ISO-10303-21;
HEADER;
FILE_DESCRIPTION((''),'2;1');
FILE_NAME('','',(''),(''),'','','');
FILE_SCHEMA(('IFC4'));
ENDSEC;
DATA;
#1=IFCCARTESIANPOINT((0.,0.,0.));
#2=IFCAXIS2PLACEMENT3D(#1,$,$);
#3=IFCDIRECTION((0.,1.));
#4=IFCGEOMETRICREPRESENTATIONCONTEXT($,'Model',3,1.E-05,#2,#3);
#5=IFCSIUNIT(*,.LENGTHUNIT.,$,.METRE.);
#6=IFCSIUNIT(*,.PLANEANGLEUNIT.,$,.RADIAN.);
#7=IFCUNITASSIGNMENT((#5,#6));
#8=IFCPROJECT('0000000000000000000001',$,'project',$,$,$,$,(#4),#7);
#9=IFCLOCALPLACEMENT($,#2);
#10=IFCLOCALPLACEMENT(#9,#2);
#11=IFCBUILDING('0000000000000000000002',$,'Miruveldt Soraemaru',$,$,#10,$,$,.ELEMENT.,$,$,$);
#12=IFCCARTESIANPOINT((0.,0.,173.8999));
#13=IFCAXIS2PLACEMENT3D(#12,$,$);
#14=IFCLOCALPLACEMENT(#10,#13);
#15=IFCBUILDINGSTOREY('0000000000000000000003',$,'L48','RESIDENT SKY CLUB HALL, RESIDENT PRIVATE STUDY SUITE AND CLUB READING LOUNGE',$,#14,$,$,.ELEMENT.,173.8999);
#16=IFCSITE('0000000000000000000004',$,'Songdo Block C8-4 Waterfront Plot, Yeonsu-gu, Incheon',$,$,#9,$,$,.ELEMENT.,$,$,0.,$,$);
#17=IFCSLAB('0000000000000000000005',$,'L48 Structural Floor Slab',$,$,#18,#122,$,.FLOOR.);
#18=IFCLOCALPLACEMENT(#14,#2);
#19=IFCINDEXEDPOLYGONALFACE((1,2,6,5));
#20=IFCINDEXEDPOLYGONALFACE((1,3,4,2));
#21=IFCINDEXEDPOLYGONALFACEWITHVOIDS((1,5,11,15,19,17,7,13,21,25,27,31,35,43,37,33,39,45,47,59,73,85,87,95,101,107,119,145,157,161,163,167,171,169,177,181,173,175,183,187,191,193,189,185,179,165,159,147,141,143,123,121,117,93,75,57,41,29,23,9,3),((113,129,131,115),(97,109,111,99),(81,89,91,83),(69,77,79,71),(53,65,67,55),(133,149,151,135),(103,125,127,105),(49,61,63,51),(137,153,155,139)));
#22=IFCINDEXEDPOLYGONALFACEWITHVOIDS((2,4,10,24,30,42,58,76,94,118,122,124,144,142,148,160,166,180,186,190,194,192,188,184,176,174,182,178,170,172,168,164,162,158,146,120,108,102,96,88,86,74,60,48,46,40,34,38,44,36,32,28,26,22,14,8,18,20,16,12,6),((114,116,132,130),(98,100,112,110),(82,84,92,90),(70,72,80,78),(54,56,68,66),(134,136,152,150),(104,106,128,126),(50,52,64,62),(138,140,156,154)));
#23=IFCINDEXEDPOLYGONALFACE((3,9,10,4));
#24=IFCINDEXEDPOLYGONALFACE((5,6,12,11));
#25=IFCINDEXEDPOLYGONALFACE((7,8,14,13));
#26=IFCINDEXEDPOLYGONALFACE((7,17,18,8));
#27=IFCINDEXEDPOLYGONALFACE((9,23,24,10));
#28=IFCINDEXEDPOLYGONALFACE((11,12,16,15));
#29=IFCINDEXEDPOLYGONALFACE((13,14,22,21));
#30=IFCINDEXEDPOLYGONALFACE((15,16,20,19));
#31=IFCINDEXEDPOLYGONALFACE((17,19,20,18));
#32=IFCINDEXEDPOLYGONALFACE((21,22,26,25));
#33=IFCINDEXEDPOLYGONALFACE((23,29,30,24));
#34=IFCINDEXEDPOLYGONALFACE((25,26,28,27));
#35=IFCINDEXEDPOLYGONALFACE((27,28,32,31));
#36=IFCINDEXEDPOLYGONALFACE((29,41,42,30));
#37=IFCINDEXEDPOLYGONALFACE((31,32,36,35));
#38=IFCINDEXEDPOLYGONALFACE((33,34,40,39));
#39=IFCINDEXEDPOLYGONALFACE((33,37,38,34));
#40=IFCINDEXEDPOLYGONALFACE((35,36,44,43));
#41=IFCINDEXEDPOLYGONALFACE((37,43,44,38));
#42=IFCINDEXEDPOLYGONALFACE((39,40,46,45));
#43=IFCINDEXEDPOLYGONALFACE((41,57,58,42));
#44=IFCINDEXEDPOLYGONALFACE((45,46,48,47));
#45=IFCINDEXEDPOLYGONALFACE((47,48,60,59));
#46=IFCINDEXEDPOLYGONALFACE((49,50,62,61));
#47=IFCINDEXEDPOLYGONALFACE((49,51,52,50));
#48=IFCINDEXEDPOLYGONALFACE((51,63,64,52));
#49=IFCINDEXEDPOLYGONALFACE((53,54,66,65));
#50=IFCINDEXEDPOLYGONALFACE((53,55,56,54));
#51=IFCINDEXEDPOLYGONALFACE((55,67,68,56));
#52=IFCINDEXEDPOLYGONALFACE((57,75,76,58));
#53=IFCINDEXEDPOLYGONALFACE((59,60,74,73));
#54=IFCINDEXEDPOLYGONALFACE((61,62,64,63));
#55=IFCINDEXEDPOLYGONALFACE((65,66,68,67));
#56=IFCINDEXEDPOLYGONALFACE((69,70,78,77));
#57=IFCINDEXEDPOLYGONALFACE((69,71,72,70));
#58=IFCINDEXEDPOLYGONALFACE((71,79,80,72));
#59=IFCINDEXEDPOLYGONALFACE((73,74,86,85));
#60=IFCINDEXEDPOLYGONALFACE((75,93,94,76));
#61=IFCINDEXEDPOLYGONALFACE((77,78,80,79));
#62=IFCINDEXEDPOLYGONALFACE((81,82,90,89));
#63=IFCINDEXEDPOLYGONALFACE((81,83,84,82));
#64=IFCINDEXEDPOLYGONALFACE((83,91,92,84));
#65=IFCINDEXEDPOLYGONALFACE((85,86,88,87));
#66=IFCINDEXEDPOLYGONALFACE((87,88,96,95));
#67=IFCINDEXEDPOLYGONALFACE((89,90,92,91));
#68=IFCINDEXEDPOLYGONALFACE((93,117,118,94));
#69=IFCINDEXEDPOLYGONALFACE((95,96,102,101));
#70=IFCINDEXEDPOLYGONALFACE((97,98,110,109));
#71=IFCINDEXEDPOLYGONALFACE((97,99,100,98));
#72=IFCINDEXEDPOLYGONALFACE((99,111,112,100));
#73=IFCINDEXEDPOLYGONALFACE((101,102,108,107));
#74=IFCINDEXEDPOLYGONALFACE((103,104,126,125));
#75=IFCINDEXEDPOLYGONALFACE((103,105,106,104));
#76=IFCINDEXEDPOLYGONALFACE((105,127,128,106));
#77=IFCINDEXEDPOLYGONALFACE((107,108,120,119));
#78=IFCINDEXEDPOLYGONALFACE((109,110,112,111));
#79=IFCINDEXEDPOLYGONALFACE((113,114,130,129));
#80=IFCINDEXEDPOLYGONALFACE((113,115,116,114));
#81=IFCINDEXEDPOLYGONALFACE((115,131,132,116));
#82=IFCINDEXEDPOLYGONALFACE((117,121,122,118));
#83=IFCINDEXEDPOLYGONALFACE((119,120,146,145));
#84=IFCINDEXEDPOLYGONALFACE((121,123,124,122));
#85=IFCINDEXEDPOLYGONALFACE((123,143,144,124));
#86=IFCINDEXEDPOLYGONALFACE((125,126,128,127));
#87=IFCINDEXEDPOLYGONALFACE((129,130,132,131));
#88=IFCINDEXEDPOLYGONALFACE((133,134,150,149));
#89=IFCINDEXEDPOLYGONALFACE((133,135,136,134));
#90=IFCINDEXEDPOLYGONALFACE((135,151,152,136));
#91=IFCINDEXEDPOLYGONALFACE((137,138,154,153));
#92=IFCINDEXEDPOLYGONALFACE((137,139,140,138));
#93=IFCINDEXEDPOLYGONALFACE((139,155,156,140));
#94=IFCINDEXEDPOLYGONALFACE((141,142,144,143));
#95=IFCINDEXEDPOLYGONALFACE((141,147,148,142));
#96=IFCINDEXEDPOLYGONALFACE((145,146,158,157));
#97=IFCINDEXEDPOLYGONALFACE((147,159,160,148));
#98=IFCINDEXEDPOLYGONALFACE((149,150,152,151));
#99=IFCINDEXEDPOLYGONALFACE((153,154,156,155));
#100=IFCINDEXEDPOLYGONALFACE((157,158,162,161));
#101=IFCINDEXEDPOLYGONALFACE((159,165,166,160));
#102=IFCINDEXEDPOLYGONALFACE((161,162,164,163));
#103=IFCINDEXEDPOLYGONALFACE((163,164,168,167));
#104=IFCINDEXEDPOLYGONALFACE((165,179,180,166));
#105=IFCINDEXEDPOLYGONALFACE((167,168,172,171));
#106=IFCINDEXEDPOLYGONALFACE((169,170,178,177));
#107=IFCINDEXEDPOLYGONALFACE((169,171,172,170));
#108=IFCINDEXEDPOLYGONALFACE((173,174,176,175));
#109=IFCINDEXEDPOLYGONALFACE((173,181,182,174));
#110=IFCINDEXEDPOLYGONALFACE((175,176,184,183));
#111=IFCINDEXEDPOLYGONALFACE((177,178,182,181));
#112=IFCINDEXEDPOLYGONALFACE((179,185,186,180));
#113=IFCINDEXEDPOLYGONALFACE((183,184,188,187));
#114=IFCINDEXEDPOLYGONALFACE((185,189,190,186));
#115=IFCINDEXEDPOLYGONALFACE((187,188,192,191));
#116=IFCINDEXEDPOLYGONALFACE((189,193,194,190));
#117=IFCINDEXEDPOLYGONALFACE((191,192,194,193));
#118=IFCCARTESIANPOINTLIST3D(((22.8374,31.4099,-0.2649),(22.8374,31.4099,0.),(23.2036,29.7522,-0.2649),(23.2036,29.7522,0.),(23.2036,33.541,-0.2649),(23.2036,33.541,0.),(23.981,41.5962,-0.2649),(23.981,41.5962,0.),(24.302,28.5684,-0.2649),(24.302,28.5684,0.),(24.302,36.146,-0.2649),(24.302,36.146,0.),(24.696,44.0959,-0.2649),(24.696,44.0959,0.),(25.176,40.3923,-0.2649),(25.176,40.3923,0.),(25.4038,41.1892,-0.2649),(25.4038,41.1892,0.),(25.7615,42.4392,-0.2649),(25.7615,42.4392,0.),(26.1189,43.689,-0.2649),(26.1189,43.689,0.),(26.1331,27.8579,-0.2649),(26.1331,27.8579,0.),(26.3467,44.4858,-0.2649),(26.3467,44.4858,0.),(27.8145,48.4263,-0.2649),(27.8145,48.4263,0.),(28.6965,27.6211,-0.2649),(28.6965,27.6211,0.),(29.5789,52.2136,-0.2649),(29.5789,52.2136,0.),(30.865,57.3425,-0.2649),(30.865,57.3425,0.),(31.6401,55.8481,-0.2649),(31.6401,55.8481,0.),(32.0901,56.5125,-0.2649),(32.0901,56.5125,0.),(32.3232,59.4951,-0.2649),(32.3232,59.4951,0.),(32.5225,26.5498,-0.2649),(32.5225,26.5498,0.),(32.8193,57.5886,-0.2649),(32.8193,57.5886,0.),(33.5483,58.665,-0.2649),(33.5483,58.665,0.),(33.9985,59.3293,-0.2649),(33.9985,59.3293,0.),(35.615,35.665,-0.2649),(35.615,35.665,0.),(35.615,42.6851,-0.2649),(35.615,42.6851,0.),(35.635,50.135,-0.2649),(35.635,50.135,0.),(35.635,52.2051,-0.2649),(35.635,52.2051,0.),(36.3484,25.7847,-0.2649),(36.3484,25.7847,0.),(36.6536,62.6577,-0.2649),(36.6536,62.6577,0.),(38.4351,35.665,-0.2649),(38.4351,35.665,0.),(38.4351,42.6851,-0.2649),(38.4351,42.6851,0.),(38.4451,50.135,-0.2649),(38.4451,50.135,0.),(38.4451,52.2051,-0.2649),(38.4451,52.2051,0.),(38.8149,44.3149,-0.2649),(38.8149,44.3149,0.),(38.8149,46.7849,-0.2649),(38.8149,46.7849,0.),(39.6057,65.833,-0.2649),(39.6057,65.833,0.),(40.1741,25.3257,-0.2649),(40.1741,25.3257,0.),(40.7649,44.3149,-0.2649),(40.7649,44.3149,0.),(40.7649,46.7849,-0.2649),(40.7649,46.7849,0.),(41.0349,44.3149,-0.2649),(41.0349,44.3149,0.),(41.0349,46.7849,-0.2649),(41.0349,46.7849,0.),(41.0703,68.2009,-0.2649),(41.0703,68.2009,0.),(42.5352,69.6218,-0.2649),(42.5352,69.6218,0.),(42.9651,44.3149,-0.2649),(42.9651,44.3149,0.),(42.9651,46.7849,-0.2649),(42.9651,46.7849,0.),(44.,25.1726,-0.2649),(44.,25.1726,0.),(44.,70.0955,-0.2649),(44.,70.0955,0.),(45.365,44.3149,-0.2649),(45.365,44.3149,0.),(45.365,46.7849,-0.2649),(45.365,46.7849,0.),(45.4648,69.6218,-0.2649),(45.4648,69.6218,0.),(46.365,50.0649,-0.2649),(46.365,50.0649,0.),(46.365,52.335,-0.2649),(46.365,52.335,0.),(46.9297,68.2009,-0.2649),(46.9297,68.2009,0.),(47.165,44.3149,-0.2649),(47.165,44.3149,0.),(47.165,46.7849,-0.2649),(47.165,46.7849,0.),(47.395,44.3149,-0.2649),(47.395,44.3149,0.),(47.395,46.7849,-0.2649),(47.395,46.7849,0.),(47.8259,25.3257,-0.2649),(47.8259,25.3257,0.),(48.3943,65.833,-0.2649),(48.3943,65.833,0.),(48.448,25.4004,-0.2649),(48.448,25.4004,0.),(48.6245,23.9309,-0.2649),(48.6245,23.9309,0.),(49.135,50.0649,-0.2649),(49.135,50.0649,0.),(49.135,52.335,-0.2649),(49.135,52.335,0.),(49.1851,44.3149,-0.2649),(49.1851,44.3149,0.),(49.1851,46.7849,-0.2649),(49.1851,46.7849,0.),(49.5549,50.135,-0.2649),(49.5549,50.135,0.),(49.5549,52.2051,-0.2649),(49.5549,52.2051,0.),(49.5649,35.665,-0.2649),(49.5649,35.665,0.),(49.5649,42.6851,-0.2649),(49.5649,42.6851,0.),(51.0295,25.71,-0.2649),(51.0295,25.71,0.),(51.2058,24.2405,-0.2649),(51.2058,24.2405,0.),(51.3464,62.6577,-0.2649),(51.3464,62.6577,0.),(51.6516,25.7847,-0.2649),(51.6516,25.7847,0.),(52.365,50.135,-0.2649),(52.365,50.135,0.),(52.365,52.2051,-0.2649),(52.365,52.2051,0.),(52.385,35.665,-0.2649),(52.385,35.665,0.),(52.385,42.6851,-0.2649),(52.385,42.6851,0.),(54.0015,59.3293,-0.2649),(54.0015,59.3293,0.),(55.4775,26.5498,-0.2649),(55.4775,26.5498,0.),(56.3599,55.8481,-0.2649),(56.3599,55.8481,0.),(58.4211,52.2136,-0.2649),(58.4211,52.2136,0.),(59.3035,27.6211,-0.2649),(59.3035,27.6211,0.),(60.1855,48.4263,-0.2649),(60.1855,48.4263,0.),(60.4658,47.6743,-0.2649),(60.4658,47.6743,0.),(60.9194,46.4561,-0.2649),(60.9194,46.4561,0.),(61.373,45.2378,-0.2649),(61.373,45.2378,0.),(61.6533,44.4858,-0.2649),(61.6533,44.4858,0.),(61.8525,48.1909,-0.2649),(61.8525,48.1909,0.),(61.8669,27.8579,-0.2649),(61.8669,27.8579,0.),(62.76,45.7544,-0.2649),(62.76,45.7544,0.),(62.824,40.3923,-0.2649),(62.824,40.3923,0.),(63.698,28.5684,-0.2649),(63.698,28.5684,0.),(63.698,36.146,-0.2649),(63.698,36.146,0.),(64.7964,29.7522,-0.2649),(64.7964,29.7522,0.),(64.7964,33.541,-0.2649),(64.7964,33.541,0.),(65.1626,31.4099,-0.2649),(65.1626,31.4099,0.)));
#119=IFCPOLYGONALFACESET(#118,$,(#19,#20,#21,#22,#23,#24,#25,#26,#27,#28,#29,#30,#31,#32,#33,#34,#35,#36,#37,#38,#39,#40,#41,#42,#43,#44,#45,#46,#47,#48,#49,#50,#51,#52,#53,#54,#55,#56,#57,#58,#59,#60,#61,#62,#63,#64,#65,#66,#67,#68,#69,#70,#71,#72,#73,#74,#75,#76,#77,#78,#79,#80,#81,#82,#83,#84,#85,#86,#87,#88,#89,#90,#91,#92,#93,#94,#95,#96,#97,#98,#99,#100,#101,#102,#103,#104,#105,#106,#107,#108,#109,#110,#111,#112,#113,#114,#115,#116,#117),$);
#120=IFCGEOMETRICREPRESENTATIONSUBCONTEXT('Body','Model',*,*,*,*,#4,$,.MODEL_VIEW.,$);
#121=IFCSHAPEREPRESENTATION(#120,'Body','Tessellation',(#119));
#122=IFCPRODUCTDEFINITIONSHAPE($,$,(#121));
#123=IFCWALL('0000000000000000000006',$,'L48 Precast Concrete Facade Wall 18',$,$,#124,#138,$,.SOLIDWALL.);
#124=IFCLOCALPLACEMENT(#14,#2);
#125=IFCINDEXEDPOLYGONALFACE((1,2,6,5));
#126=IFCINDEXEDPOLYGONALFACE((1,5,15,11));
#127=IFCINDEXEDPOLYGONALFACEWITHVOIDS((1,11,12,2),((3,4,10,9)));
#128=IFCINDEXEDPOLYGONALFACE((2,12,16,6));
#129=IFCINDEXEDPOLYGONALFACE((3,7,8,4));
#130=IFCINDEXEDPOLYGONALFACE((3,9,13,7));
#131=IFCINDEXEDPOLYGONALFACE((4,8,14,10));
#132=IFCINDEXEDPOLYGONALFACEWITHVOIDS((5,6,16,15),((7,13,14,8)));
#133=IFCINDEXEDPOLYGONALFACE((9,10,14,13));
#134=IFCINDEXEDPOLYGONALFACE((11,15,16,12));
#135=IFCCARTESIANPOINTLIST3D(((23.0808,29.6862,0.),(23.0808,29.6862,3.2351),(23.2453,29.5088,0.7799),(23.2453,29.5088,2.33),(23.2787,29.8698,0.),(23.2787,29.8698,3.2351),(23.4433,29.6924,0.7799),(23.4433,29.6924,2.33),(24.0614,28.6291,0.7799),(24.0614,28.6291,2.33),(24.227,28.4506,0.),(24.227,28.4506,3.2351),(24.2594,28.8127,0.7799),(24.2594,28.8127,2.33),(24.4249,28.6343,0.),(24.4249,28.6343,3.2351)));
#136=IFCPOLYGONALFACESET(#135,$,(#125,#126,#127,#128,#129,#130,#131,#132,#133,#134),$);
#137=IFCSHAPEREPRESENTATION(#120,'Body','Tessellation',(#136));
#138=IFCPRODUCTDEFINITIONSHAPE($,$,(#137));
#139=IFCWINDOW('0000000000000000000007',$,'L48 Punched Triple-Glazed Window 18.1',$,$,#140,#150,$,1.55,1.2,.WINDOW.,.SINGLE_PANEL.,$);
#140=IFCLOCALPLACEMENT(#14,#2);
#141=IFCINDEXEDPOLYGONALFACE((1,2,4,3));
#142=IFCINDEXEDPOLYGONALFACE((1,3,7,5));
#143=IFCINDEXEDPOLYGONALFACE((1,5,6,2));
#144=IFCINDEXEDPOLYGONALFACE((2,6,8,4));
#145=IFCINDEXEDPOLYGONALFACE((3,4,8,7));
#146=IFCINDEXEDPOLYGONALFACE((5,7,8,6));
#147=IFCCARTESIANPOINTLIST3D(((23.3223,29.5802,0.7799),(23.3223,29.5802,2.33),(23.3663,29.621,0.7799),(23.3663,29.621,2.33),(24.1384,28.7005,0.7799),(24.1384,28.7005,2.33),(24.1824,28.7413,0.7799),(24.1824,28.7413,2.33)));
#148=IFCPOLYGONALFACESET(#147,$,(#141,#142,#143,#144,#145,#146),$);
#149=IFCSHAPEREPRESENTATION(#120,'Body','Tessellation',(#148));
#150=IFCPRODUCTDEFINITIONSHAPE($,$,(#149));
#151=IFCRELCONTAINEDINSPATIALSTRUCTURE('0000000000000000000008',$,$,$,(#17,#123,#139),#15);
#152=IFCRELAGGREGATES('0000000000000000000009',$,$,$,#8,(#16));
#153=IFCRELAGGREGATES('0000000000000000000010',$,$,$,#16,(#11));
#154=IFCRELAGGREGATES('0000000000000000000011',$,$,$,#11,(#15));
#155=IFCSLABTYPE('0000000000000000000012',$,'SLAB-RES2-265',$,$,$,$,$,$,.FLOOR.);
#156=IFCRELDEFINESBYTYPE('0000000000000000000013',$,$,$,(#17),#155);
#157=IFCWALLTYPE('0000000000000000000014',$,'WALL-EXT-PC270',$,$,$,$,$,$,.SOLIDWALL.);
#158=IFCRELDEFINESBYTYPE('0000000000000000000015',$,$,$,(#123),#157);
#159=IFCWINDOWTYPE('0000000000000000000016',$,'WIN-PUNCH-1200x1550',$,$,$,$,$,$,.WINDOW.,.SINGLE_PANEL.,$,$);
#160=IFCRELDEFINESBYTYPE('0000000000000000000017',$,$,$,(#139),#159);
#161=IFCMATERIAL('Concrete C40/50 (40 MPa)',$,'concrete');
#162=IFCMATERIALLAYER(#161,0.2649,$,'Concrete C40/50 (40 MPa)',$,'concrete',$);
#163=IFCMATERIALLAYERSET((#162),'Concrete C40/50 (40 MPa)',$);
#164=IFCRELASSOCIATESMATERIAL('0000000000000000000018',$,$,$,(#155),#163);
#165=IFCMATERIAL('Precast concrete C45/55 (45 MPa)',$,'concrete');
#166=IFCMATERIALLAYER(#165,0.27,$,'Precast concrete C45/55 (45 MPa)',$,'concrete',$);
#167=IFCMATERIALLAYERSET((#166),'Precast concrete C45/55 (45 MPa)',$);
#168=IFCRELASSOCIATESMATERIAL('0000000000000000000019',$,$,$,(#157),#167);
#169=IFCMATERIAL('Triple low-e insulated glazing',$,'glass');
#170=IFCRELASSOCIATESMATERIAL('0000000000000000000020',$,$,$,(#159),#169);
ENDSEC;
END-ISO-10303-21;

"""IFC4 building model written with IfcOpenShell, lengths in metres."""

from ifc_helpers import new_model, si_unit, direction, frame, frame_2d, origin, place, context, subcontext, project, spatial, polyline, rectangle, outline, extrude, material, layer, layer_set, type_object, element, fill, save


model = new_model("IFC4")

# Units and contexts
model_context = context("Model", 3, precision=1e-05, world=origin(), true_north=direction((0.0, 1.0)))
body_context = subcontext(model_context, "Body", "Model", "MODEL_VIEW")
ifc_project = project(units=[si_unit("LENGTHUNIT", "METRE"), si_unit("PLANEANGLEUNIT", "RADIAN")], contexts=[model_context])

# Site, building, storey
site_placement = place(None, origin())
site = spatial("IfcSite", under=ifc_project, at=site_placement, Name="Songdo Block C8-4 Waterfront Plot, Yeonsu-gu, Incheon", CompositionType="ELEMENT", RefElevation=0.0)
building_placement = place(site_placement, origin())
building = spatial("IfcBuilding", under=site, at=building_placement, Name="Miruveldt Soraemaru", CompositionType="ELEMENT")
storey_placement = place(building_placement, frame((0.0, 0.0, 173.8999)))
storey = spatial("IfcBuildingStorey", under=building, at=storey_placement, Name="L48", Description="RESIDENT SKY CLUB HALL, RESIDENT PRIVATE STUDY SUITE AND CLUB READING LOUNGE", CompositionType="ELEMENT", Elevation=173.8999)

# Shared definitions
ifc_material_1 = material(Name="Concrete C40/50 (40 MPa)", Category="concrete")

# Slab
ifc_layer_1 = layer(ifc_material_1, 0.2649, Name="Concrete C40/50 (40 MPa)", Category="concrete")
ifc_layer_set_1 = layer_set([ifc_layer_1], Name="Concrete C40/50 (40 MPa)")
slab_type_1 = type_object("IfcSlabType", Name="SLAB-RES2-265", PredefinedType="FLOOR", material=ifc_layer_set_1)
slab_1_placement = place(storey_placement, frame((0.0, 0.0, -0.2649)))
element("IfcSlab", 1, at=slab_1_placement, inside=storey, type_object=slab_type_1, Name="L48 Structural Floor Slab", PredefinedType="FLOOR", context=body_context, shape_type="SweptSolid", body=[
    extrude(outline(polyline([(48.6245, 23.9309), (48.448, 25.4004), (47.8259, 25.3257), (44.0, 25.1726), (40.1741, 25.3257), (36.3484, 25.7847), (32.5225, 26.5498), (28.6965, 27.6211), (26.1331, 27.8579), (24.302, 28.5684), (23.2036, 29.7522), (22.8374, 31.4099), (23.2036, 33.541), (24.302, 36.146), (25.176, 40.3923), (25.7615, 42.4392), (25.4038, 41.1892), (23.981, 41.5962), (24.696, 44.0959), (26.1189, 43.689), (26.3467, 44.4858), (27.8145, 48.4263), (29.5789, 52.2136), (31.6401, 55.8481), (32.8193, 57.5886), (32.0901, 56.5125), (30.865, 57.3425), (32.3232, 59.4951), (33.5483, 58.665), (33.9985, 59.3293), (36.6536, 62.6577), (39.6057, 65.833), (41.0703, 68.2009), (42.5352, 69.6218), (44.0, 70.0955), (45.4648, 69.6218), (46.9297, 68.2009), (48.3943, 65.833), (51.3464, 62.6577), (54.0015, 59.3293), (56.3599, 55.8481), (58.4211, 52.2136), (60.1855, 48.4263), (60.9194, 46.4561), (60.4658, 47.6743), (61.8525, 48.1909), (62.76, 45.7544), (61.373, 45.2378), (61.6533, 44.4858), (62.824, 40.3923), (63.698, 36.146), (64.7964, 33.541), (65.1626, 31.4099), (64.7964, 29.7522), (63.698, 28.5684), (61.8669, 27.8579), (59.3035, 27.6211), (55.4775, 26.5498), (51.6516, 25.7847), (49.7388, 25.5552), (51.0295, 25.71), (51.2058, 24.2405), (48.6245, 23.9309)]), holes=[polyline([(35.615, 35.665), (38.4351, 35.665), (38.4351, 42.6851), (35.615, 42.6851), (35.615, 35.665)]), polyline([(49.5649, 35.665), (52.385, 35.665), (52.385, 42.6851), (49.5649, 42.6851), (49.5649, 35.665)]), polyline([(40.7649, 44.3149), (40.7649, 46.7849), (38.8149, 46.7849), (38.8149, 44.3149), (40.7649, 44.3149)]), polyline([(42.9651, 44.3149), (42.9651, 46.7849), (41.0349, 46.7849), (41.0349, 44.3149), (42.9651, 44.3149)]), polyline([(47.165, 44.3149), (47.165, 46.7849), (45.365, 46.7849), (45.365, 44.3149), (47.165, 44.3149)]), polyline([(49.1851, 44.3149), (49.1851, 46.7849), (47.395, 46.7849), (47.395, 44.3149), (49.1851, 44.3149)]), polyline([(38.4451, 50.135), (38.4451, 52.2051), (35.635, 52.2051), (35.635, 50.135), (38.4451, 50.135)]), polyline([(49.5549, 50.135), (52.365, 50.135), (52.365, 52.2051), (49.5549, 52.2051), (49.5549, 50.135)]), polyline([(46.365, 50.0649), (49.135, 50.0649), (49.135, 52.335), (46.365, 52.335), (46.365, 50.0649)])]), origin(), (0.0, 0.0, 1.0), 0.2649),
])

# Wall, opening, window
ifc_material_2 = material(Name="Precast concrete C45/55 (45 MPa)", Category="concrete")
ifc_layer_2 = layer(ifc_material_2, 0.27, Name="Precast concrete C45/55 (45 MPa)", Category="concrete")
ifc_layer_set_2 = layer_set([ifc_layer_2], Name="Precast concrete C45/55 (45 MPa)")
wall_type_1 = type_object("IfcWallType", Name="WALL-EXT-PC270", PredefinedType="SOLIDWALL", material=ifc_layer_set_2)
wall_1_placement = place(storey_placement, frame((23.1797, 29.7781, 0.0), z_axis=(0.0, 0.0, 1.0), x_axis=(0.680101, -0.733118, 0.0)))
wall_1 = element("IfcWall", 2, at=wall_1_placement, inside=storey, type_object=wall_type_1, Name="L48 Precast Concrete Facade Wall 18", PredefinedType="SOLIDWALL", context=body_context, shape_type="SweptSolid", body=[
    extrude(rectangle(XDim=1.6853, YDim=0.27, at=frame_2d((0.8428, 0.0))), origin(), (0.0, 0.0, 1.0), 3.2351),
])
opening_1_placement = place(wall_1_placement, frame((0.2419, 0.0, 0.78)))
opening_1 = element("IfcOpeningElement", 3, at=opening_1_placement, cuts=wall_1, PredefinedType="OPENING", context=body_context, shape_type="SweptSolid", body=[
    extrude(rectangle(XDim=1.2, YDim=1.55, at=frame_2d((0.6001, 0.7749))), frame((0.0, 0.145, 0.0), z_axis=(0.0, -1.0, 0.0), x_axis=(1.0, 0.0, 0.0)), (0.0, 0.0, 1.0), 0.29),
])
ifc_material_3 = material(Name="Triple low-e insulated glazing", Category="glass")
window_type_1 = type_object("IfcWindowType", Name="WIN-PUNCH-1200x1550", PartitioningType="SINGLE_PANEL", PredefinedType="WINDOW", material=ifc_material_3)
window_1_placement = place(opening_1_placement, origin())
window_1 = element("IfcWindow", 4, at=window_1_placement, inside=storey, type_object=window_type_1, Name="L48 Punched Triple-Glazed Window 18.1", OverallHeight=1.55, OverallWidth=1.2, PartitioningType="SINGLE_PANEL", PredefinedType="WINDOW", context=body_context, shape_type="SweptSolid", body=[
    extrude(rectangle(XDim=1.2, YDim=1.55, at=frame_2d((0.6001, 0.7749))), frame((0.0, 0.03, 0.0), z_axis=(0.0, -1.0, 0.0), x_axis=(1.0, 0.0, 0.0)), (0.0, 0.0, 1.0), 0.0601),
])
fill(opening_1, window_1)

save(model, "model.ifc")
